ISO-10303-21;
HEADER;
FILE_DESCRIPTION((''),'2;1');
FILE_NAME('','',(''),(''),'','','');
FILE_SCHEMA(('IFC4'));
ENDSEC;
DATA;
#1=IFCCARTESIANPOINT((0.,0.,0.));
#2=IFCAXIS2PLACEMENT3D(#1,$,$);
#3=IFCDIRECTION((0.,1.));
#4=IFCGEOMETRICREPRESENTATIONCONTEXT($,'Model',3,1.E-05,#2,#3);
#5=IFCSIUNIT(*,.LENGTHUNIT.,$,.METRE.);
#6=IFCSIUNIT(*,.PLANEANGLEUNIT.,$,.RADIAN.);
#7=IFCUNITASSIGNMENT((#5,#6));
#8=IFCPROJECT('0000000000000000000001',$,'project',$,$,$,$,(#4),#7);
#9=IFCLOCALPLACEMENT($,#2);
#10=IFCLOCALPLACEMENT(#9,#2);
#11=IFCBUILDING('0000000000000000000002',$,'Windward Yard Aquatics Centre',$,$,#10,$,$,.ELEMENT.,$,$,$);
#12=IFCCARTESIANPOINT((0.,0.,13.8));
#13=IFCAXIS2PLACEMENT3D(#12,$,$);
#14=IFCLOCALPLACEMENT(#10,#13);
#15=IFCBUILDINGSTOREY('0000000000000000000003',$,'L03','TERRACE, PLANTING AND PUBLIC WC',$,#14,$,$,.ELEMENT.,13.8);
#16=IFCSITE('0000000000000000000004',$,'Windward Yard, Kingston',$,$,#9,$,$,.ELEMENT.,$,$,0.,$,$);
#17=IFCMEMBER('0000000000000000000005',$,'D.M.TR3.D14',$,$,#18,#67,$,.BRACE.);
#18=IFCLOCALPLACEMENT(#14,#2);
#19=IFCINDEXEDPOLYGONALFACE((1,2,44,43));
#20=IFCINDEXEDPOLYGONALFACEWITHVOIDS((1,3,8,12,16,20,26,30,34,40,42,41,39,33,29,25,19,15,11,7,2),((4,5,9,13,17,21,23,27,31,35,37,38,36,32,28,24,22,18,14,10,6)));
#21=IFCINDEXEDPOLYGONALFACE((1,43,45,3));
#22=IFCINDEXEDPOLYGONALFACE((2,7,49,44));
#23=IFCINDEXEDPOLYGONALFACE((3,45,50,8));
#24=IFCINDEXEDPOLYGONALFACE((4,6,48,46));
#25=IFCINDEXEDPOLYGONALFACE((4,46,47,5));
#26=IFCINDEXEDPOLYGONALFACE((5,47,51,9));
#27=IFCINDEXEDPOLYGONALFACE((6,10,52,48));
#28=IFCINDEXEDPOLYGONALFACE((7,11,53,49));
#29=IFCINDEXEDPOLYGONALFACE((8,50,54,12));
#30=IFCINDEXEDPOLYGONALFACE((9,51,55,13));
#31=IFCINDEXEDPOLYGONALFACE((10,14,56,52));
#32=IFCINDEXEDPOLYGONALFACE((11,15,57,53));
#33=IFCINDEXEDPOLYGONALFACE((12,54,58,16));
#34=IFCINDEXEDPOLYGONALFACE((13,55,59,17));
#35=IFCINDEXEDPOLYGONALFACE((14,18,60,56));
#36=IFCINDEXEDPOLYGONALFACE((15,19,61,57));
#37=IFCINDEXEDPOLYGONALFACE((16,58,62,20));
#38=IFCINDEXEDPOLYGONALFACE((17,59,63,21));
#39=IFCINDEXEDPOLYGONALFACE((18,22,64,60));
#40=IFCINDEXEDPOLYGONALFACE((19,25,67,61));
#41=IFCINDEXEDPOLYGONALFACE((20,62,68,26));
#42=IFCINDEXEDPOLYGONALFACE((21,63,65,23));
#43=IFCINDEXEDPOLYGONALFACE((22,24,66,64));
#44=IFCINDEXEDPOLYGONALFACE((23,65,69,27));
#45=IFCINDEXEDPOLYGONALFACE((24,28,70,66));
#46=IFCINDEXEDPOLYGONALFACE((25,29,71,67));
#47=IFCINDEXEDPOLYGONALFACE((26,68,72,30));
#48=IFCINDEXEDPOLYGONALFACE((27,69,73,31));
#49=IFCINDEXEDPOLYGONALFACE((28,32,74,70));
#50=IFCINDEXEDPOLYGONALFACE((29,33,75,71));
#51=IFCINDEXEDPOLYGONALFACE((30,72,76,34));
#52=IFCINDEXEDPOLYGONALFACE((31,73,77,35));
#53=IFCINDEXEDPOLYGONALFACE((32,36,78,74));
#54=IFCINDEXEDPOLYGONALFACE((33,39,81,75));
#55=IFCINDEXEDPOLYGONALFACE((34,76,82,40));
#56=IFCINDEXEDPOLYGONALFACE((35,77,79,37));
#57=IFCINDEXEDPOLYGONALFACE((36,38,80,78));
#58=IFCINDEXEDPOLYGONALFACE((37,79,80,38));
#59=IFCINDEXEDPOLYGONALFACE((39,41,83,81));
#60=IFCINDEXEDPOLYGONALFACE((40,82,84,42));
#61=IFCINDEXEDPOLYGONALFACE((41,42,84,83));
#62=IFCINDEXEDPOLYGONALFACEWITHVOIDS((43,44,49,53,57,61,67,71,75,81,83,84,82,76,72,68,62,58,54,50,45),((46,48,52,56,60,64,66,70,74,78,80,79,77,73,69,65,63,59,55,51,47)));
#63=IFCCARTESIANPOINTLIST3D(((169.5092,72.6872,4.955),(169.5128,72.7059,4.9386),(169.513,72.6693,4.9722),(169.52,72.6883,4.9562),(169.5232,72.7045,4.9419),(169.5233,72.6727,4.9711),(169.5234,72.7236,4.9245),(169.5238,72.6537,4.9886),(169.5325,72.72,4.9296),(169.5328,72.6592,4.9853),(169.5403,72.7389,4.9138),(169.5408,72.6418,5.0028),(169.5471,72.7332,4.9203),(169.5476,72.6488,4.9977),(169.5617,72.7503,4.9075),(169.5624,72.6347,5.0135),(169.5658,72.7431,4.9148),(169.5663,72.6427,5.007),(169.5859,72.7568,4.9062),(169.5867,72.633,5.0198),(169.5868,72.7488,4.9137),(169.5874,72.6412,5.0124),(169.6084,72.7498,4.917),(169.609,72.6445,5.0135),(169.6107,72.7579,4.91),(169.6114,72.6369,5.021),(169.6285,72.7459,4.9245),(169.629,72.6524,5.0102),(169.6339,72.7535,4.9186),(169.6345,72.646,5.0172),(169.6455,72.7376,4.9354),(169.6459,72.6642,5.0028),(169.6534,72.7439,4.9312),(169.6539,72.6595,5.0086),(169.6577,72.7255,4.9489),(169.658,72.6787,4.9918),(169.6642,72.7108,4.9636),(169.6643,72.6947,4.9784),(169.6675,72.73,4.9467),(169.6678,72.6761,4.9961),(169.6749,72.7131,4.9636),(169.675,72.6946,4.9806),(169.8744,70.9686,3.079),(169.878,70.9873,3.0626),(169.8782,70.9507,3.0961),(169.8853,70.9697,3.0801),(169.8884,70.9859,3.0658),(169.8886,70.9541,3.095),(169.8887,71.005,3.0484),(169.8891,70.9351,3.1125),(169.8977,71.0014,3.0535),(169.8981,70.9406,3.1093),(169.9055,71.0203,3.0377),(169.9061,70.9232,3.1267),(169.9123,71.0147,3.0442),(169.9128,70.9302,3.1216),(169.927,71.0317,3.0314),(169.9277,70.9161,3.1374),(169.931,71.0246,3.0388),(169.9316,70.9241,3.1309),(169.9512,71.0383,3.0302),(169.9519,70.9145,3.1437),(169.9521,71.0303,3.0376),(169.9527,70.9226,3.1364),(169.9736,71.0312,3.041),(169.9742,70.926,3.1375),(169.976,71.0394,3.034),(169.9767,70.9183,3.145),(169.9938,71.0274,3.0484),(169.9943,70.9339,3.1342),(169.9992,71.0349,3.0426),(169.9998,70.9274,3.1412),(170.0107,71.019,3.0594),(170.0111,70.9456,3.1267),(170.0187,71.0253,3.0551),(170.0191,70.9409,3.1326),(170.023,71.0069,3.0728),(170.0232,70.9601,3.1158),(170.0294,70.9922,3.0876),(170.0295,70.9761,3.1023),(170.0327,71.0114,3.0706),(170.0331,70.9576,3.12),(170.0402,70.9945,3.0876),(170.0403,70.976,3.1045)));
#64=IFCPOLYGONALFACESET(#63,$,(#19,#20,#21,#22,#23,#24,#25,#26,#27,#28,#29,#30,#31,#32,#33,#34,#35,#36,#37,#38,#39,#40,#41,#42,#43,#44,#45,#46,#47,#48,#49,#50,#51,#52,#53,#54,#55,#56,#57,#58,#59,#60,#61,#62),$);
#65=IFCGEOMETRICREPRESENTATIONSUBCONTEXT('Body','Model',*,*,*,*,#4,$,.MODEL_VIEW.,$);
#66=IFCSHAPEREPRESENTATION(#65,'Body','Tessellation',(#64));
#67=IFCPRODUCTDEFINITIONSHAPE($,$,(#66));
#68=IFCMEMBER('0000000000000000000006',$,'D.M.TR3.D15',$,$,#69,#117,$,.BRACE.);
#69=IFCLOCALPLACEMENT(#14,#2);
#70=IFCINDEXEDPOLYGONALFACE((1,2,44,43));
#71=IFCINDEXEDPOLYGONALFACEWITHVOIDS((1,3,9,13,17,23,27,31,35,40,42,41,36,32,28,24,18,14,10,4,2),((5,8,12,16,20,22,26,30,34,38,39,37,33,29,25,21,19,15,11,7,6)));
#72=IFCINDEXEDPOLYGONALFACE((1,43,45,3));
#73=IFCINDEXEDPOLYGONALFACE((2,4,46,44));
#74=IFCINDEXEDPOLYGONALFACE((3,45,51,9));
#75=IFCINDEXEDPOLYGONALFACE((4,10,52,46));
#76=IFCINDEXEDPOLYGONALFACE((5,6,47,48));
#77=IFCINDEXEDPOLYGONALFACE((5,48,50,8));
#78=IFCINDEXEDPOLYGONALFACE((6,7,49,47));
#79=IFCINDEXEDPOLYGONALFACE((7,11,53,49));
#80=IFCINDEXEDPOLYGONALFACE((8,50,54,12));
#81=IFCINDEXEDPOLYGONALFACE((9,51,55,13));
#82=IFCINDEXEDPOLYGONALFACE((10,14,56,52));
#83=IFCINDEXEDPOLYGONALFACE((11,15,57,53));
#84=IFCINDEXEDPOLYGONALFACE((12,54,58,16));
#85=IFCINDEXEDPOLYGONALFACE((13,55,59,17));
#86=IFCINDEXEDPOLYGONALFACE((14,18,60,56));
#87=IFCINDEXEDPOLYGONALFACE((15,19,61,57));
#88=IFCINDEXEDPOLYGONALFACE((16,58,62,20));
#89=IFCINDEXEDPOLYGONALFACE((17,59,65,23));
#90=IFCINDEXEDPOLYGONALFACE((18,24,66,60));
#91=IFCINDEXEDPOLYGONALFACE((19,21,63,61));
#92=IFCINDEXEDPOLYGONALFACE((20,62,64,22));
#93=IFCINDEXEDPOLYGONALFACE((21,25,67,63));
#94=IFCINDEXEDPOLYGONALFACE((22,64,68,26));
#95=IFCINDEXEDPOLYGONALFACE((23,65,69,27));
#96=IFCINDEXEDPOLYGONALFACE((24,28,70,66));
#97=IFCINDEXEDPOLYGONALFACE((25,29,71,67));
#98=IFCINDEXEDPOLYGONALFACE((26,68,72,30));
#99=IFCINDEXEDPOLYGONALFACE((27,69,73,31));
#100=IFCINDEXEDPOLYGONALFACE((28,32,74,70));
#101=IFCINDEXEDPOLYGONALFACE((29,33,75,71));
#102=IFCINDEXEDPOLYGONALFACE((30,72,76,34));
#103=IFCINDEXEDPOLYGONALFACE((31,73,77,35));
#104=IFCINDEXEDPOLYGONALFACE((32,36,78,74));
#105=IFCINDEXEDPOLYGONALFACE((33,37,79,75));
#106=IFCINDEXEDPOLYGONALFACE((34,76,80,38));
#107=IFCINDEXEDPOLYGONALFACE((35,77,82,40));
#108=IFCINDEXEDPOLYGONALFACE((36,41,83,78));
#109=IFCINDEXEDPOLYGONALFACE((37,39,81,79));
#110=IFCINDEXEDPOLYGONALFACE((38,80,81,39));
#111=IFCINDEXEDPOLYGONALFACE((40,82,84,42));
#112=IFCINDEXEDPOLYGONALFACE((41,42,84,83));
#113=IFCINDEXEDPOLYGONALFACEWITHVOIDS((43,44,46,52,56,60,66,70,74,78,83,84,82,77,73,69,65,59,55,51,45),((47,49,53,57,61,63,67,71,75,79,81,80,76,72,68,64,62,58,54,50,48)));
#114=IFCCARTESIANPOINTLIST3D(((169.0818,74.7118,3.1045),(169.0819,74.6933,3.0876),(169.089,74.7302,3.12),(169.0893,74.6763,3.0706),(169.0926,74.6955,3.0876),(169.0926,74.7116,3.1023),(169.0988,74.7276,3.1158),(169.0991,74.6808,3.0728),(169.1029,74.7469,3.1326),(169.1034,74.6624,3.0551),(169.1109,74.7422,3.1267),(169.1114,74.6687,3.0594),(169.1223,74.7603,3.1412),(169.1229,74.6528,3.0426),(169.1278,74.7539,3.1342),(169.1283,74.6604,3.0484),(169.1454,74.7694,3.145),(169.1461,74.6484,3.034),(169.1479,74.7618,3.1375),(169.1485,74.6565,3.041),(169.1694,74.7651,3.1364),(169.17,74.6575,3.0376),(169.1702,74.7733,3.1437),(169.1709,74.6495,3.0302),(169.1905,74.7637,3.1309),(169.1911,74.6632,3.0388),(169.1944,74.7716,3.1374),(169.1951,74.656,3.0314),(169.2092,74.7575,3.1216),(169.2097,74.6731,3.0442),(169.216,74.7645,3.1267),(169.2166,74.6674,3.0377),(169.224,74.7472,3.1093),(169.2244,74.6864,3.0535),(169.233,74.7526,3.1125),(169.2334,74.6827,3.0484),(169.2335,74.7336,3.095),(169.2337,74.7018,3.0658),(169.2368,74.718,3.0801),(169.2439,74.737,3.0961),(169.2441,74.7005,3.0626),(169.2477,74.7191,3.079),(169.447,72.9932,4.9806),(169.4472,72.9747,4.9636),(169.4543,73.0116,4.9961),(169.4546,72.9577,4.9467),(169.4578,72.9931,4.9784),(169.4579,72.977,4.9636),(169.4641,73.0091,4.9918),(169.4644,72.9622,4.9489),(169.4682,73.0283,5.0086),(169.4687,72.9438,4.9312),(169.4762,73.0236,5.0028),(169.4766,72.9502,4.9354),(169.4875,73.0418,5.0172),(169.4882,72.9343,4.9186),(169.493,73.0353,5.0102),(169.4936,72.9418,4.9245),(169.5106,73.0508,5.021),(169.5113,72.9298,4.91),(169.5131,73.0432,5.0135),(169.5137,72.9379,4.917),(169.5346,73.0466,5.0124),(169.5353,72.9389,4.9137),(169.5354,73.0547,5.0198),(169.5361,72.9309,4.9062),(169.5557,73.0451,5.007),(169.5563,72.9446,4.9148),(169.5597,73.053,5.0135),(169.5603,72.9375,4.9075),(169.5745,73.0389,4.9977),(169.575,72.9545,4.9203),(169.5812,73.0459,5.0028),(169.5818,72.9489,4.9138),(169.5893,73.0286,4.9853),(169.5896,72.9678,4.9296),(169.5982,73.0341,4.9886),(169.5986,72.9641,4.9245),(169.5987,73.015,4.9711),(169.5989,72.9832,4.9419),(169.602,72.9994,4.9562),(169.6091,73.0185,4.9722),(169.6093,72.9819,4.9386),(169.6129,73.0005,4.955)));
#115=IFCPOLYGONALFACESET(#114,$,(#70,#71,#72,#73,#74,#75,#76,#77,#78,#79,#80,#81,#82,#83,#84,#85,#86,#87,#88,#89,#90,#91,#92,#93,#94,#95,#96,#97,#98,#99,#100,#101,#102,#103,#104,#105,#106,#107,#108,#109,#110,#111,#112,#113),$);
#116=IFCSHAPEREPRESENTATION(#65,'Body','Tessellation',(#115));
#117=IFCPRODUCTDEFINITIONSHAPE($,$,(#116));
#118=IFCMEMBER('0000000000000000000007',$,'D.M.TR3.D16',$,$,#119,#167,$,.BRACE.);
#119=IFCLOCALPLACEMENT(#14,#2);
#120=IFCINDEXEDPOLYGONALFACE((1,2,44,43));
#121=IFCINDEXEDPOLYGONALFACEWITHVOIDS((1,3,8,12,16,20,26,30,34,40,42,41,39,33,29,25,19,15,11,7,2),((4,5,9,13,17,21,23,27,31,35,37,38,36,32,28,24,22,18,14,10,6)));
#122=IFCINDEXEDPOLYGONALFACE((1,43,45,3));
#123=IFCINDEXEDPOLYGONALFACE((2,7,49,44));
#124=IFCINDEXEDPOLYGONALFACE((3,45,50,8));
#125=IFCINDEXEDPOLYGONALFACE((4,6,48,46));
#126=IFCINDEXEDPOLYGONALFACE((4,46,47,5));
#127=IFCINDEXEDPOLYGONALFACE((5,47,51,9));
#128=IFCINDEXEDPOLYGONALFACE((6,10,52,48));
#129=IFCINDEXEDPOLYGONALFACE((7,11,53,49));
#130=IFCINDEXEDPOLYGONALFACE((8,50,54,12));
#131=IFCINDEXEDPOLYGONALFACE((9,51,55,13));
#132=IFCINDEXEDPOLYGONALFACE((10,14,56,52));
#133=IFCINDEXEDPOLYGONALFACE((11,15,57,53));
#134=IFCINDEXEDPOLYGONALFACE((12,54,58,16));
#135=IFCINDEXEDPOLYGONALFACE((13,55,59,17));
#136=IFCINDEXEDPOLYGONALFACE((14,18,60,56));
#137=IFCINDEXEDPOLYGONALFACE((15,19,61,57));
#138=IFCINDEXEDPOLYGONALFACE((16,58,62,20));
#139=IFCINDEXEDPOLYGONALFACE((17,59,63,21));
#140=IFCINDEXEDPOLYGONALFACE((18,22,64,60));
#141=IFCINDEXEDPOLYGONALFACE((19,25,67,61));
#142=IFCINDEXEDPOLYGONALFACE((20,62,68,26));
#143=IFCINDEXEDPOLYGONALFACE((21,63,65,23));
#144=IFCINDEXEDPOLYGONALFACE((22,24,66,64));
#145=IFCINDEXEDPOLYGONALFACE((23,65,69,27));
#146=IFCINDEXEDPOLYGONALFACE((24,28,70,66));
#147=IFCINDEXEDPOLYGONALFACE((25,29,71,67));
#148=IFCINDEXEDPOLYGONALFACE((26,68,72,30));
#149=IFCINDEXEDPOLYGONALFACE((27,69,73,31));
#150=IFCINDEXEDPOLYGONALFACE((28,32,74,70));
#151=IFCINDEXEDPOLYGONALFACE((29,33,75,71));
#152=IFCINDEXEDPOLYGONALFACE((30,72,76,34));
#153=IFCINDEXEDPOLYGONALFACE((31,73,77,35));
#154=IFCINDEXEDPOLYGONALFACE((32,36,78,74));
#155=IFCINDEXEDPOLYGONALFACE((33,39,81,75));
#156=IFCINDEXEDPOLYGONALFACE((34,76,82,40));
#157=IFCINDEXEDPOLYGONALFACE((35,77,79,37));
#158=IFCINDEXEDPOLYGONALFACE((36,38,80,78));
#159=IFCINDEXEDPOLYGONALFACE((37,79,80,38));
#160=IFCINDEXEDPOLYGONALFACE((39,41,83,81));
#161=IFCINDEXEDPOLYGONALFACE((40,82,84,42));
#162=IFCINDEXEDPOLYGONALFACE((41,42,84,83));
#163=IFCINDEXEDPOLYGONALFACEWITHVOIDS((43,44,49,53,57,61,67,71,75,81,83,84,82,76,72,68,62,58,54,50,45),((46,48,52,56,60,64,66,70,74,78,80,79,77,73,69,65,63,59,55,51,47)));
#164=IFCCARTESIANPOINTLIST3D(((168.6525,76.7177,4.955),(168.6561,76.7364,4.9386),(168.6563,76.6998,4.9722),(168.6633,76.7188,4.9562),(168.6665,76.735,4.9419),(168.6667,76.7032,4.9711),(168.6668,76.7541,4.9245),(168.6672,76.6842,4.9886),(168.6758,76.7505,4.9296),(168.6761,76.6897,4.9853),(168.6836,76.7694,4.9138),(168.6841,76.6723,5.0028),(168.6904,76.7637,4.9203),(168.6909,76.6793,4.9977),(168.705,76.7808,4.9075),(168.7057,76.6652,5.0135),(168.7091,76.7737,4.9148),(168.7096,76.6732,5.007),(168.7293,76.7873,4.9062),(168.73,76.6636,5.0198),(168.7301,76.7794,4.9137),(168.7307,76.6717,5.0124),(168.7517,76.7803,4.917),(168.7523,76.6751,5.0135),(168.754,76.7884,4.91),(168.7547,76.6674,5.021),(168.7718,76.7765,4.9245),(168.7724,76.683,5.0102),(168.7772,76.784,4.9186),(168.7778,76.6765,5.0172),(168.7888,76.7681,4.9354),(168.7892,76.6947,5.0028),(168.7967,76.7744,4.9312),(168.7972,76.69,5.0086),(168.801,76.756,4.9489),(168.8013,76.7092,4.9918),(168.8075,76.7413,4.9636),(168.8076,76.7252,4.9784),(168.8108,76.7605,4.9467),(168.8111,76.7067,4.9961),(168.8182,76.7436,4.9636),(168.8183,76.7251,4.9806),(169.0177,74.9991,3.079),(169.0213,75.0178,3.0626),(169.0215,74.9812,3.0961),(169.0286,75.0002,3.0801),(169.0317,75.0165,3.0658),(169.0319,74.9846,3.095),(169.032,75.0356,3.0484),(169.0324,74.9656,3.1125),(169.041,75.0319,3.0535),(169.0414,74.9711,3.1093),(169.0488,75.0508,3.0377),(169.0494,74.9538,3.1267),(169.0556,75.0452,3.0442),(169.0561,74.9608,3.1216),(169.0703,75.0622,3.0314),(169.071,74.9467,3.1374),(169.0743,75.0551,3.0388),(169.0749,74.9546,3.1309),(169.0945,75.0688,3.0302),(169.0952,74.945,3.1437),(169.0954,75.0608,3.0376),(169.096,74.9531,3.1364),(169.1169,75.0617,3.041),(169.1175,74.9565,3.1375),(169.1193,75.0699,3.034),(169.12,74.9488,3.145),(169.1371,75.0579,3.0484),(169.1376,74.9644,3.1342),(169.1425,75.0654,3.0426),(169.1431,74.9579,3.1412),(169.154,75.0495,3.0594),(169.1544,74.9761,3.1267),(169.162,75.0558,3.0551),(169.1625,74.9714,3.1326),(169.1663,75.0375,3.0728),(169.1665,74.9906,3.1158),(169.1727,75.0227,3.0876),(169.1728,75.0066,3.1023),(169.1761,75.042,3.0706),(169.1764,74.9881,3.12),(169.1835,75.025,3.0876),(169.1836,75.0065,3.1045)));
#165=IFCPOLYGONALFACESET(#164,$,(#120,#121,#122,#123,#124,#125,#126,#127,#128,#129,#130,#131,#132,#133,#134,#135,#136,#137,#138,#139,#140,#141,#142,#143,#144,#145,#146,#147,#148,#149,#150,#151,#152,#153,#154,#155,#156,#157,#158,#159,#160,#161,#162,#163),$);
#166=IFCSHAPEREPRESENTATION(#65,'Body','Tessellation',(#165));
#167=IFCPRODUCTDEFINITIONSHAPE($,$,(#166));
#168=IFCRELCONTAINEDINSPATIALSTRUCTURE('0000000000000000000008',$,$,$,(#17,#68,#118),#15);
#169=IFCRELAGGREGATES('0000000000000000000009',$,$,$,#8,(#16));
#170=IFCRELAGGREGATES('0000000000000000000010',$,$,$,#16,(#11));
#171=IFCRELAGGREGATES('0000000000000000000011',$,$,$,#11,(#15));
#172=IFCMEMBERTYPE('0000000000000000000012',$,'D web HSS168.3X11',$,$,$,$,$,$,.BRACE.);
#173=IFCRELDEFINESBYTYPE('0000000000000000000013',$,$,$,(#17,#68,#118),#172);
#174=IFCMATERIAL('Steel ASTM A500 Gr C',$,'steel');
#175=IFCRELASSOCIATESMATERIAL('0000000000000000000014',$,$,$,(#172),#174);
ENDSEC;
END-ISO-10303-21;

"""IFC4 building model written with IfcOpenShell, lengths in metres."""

from ifc_helpers import new_model, si_unit, direction, frame, origin, origin_2d, place, context, subcontext, project, spatial, hollow_circle, extrude, material, material_profile, profile_set, type_object, element, save


model = new_model("IFC4")

# Units and contexts
model_context = context("Model", 3, precision=1e-05, world=origin(), true_north=direction((0.0, 1.0)))
body_context = subcontext(model_context, "Body", "Model", "MODEL_VIEW")
ifc_project = project(units=[si_unit("LENGTHUNIT", "METRE"), si_unit("PLANEANGLEUNIT", "RADIAN")], contexts=[model_context])

# Site, building, storey
site_placement = place(None, origin())
site = spatial("IfcSite", under=ifc_project, at=site_placement, Name="Windward Yard, Kingston", CompositionType="ELEMENT", RefElevation=0.0)
building_placement = place(site_placement, origin())
building = spatial("IfcBuilding", under=site, at=building_placement, Name="Windward Yard Aquatics Centre", CompositionType="ELEMENT")
storey_placement = place(building_placement, frame((0.0, 0.0, 13.8)))
storey = spatial("IfcBuildingStorey", under=building, at=storey_placement, Name="L03", Description="TERRACE, PLANTING AND PUBLIC WC", CompositionType="ELEMENT", Elevation=13.8)

# Shared definitions
ifc_material_1 = material(Name="Steel ASTM A500 Gr C", Category="steel")

# Members
ifc_material_profile_1 = material_profile(ifc_material_1, hollow_circle(Radius=0.0842, WallThickness=0.011, at=origin_2d()), Name="HSS168.3X11")
ifc_profile_set_1 = profile_set([ifc_material_profile_1], Name="Steel ASTM A500 Gr C")
member_type_1 = type_object("IfcMemberType", Name="D web HSS168.3X11", PredefinedType="BRACE", material=ifc_profile_set_1)
for number, where, z_axis, x_axis, name in (
    (1, (169.5925, 72.6956, 4.9636), (0.142103, -0.668626, -0.729894), (0.978153, 0.207887, 0.0), "D.M.TR3.D14"),
    (2, (169.5295, 72.9922, 4.9636), (-0.142103, 0.668626, -0.729894), (-0.978153, -0.207887, 0.0), "D.M.TR3.D15"),
    (3, (168.7358, 76.7261, 4.9636), (0.142103, -0.668626, -0.729894), (0.978153, 0.207887, 0.0), "D.M.TR3.D16"),
):
    element("IfcMember", number, at=place(storey_placement, frame(where, z_axis=z_axis, x_axis=x_axis)), inside=storey, type_object=member_type_1, Name=name, PredefinedType="BRACE", context=body_context, shape_type="SweptSolid", body=[
        extrude(hollow_circle(Radius=0.0842, WallThickness=0.011, at=origin_2d()), origin(), (0.0, 0.0, 1.0), 2.5703),
    ])

save(model, "model.ifc")
